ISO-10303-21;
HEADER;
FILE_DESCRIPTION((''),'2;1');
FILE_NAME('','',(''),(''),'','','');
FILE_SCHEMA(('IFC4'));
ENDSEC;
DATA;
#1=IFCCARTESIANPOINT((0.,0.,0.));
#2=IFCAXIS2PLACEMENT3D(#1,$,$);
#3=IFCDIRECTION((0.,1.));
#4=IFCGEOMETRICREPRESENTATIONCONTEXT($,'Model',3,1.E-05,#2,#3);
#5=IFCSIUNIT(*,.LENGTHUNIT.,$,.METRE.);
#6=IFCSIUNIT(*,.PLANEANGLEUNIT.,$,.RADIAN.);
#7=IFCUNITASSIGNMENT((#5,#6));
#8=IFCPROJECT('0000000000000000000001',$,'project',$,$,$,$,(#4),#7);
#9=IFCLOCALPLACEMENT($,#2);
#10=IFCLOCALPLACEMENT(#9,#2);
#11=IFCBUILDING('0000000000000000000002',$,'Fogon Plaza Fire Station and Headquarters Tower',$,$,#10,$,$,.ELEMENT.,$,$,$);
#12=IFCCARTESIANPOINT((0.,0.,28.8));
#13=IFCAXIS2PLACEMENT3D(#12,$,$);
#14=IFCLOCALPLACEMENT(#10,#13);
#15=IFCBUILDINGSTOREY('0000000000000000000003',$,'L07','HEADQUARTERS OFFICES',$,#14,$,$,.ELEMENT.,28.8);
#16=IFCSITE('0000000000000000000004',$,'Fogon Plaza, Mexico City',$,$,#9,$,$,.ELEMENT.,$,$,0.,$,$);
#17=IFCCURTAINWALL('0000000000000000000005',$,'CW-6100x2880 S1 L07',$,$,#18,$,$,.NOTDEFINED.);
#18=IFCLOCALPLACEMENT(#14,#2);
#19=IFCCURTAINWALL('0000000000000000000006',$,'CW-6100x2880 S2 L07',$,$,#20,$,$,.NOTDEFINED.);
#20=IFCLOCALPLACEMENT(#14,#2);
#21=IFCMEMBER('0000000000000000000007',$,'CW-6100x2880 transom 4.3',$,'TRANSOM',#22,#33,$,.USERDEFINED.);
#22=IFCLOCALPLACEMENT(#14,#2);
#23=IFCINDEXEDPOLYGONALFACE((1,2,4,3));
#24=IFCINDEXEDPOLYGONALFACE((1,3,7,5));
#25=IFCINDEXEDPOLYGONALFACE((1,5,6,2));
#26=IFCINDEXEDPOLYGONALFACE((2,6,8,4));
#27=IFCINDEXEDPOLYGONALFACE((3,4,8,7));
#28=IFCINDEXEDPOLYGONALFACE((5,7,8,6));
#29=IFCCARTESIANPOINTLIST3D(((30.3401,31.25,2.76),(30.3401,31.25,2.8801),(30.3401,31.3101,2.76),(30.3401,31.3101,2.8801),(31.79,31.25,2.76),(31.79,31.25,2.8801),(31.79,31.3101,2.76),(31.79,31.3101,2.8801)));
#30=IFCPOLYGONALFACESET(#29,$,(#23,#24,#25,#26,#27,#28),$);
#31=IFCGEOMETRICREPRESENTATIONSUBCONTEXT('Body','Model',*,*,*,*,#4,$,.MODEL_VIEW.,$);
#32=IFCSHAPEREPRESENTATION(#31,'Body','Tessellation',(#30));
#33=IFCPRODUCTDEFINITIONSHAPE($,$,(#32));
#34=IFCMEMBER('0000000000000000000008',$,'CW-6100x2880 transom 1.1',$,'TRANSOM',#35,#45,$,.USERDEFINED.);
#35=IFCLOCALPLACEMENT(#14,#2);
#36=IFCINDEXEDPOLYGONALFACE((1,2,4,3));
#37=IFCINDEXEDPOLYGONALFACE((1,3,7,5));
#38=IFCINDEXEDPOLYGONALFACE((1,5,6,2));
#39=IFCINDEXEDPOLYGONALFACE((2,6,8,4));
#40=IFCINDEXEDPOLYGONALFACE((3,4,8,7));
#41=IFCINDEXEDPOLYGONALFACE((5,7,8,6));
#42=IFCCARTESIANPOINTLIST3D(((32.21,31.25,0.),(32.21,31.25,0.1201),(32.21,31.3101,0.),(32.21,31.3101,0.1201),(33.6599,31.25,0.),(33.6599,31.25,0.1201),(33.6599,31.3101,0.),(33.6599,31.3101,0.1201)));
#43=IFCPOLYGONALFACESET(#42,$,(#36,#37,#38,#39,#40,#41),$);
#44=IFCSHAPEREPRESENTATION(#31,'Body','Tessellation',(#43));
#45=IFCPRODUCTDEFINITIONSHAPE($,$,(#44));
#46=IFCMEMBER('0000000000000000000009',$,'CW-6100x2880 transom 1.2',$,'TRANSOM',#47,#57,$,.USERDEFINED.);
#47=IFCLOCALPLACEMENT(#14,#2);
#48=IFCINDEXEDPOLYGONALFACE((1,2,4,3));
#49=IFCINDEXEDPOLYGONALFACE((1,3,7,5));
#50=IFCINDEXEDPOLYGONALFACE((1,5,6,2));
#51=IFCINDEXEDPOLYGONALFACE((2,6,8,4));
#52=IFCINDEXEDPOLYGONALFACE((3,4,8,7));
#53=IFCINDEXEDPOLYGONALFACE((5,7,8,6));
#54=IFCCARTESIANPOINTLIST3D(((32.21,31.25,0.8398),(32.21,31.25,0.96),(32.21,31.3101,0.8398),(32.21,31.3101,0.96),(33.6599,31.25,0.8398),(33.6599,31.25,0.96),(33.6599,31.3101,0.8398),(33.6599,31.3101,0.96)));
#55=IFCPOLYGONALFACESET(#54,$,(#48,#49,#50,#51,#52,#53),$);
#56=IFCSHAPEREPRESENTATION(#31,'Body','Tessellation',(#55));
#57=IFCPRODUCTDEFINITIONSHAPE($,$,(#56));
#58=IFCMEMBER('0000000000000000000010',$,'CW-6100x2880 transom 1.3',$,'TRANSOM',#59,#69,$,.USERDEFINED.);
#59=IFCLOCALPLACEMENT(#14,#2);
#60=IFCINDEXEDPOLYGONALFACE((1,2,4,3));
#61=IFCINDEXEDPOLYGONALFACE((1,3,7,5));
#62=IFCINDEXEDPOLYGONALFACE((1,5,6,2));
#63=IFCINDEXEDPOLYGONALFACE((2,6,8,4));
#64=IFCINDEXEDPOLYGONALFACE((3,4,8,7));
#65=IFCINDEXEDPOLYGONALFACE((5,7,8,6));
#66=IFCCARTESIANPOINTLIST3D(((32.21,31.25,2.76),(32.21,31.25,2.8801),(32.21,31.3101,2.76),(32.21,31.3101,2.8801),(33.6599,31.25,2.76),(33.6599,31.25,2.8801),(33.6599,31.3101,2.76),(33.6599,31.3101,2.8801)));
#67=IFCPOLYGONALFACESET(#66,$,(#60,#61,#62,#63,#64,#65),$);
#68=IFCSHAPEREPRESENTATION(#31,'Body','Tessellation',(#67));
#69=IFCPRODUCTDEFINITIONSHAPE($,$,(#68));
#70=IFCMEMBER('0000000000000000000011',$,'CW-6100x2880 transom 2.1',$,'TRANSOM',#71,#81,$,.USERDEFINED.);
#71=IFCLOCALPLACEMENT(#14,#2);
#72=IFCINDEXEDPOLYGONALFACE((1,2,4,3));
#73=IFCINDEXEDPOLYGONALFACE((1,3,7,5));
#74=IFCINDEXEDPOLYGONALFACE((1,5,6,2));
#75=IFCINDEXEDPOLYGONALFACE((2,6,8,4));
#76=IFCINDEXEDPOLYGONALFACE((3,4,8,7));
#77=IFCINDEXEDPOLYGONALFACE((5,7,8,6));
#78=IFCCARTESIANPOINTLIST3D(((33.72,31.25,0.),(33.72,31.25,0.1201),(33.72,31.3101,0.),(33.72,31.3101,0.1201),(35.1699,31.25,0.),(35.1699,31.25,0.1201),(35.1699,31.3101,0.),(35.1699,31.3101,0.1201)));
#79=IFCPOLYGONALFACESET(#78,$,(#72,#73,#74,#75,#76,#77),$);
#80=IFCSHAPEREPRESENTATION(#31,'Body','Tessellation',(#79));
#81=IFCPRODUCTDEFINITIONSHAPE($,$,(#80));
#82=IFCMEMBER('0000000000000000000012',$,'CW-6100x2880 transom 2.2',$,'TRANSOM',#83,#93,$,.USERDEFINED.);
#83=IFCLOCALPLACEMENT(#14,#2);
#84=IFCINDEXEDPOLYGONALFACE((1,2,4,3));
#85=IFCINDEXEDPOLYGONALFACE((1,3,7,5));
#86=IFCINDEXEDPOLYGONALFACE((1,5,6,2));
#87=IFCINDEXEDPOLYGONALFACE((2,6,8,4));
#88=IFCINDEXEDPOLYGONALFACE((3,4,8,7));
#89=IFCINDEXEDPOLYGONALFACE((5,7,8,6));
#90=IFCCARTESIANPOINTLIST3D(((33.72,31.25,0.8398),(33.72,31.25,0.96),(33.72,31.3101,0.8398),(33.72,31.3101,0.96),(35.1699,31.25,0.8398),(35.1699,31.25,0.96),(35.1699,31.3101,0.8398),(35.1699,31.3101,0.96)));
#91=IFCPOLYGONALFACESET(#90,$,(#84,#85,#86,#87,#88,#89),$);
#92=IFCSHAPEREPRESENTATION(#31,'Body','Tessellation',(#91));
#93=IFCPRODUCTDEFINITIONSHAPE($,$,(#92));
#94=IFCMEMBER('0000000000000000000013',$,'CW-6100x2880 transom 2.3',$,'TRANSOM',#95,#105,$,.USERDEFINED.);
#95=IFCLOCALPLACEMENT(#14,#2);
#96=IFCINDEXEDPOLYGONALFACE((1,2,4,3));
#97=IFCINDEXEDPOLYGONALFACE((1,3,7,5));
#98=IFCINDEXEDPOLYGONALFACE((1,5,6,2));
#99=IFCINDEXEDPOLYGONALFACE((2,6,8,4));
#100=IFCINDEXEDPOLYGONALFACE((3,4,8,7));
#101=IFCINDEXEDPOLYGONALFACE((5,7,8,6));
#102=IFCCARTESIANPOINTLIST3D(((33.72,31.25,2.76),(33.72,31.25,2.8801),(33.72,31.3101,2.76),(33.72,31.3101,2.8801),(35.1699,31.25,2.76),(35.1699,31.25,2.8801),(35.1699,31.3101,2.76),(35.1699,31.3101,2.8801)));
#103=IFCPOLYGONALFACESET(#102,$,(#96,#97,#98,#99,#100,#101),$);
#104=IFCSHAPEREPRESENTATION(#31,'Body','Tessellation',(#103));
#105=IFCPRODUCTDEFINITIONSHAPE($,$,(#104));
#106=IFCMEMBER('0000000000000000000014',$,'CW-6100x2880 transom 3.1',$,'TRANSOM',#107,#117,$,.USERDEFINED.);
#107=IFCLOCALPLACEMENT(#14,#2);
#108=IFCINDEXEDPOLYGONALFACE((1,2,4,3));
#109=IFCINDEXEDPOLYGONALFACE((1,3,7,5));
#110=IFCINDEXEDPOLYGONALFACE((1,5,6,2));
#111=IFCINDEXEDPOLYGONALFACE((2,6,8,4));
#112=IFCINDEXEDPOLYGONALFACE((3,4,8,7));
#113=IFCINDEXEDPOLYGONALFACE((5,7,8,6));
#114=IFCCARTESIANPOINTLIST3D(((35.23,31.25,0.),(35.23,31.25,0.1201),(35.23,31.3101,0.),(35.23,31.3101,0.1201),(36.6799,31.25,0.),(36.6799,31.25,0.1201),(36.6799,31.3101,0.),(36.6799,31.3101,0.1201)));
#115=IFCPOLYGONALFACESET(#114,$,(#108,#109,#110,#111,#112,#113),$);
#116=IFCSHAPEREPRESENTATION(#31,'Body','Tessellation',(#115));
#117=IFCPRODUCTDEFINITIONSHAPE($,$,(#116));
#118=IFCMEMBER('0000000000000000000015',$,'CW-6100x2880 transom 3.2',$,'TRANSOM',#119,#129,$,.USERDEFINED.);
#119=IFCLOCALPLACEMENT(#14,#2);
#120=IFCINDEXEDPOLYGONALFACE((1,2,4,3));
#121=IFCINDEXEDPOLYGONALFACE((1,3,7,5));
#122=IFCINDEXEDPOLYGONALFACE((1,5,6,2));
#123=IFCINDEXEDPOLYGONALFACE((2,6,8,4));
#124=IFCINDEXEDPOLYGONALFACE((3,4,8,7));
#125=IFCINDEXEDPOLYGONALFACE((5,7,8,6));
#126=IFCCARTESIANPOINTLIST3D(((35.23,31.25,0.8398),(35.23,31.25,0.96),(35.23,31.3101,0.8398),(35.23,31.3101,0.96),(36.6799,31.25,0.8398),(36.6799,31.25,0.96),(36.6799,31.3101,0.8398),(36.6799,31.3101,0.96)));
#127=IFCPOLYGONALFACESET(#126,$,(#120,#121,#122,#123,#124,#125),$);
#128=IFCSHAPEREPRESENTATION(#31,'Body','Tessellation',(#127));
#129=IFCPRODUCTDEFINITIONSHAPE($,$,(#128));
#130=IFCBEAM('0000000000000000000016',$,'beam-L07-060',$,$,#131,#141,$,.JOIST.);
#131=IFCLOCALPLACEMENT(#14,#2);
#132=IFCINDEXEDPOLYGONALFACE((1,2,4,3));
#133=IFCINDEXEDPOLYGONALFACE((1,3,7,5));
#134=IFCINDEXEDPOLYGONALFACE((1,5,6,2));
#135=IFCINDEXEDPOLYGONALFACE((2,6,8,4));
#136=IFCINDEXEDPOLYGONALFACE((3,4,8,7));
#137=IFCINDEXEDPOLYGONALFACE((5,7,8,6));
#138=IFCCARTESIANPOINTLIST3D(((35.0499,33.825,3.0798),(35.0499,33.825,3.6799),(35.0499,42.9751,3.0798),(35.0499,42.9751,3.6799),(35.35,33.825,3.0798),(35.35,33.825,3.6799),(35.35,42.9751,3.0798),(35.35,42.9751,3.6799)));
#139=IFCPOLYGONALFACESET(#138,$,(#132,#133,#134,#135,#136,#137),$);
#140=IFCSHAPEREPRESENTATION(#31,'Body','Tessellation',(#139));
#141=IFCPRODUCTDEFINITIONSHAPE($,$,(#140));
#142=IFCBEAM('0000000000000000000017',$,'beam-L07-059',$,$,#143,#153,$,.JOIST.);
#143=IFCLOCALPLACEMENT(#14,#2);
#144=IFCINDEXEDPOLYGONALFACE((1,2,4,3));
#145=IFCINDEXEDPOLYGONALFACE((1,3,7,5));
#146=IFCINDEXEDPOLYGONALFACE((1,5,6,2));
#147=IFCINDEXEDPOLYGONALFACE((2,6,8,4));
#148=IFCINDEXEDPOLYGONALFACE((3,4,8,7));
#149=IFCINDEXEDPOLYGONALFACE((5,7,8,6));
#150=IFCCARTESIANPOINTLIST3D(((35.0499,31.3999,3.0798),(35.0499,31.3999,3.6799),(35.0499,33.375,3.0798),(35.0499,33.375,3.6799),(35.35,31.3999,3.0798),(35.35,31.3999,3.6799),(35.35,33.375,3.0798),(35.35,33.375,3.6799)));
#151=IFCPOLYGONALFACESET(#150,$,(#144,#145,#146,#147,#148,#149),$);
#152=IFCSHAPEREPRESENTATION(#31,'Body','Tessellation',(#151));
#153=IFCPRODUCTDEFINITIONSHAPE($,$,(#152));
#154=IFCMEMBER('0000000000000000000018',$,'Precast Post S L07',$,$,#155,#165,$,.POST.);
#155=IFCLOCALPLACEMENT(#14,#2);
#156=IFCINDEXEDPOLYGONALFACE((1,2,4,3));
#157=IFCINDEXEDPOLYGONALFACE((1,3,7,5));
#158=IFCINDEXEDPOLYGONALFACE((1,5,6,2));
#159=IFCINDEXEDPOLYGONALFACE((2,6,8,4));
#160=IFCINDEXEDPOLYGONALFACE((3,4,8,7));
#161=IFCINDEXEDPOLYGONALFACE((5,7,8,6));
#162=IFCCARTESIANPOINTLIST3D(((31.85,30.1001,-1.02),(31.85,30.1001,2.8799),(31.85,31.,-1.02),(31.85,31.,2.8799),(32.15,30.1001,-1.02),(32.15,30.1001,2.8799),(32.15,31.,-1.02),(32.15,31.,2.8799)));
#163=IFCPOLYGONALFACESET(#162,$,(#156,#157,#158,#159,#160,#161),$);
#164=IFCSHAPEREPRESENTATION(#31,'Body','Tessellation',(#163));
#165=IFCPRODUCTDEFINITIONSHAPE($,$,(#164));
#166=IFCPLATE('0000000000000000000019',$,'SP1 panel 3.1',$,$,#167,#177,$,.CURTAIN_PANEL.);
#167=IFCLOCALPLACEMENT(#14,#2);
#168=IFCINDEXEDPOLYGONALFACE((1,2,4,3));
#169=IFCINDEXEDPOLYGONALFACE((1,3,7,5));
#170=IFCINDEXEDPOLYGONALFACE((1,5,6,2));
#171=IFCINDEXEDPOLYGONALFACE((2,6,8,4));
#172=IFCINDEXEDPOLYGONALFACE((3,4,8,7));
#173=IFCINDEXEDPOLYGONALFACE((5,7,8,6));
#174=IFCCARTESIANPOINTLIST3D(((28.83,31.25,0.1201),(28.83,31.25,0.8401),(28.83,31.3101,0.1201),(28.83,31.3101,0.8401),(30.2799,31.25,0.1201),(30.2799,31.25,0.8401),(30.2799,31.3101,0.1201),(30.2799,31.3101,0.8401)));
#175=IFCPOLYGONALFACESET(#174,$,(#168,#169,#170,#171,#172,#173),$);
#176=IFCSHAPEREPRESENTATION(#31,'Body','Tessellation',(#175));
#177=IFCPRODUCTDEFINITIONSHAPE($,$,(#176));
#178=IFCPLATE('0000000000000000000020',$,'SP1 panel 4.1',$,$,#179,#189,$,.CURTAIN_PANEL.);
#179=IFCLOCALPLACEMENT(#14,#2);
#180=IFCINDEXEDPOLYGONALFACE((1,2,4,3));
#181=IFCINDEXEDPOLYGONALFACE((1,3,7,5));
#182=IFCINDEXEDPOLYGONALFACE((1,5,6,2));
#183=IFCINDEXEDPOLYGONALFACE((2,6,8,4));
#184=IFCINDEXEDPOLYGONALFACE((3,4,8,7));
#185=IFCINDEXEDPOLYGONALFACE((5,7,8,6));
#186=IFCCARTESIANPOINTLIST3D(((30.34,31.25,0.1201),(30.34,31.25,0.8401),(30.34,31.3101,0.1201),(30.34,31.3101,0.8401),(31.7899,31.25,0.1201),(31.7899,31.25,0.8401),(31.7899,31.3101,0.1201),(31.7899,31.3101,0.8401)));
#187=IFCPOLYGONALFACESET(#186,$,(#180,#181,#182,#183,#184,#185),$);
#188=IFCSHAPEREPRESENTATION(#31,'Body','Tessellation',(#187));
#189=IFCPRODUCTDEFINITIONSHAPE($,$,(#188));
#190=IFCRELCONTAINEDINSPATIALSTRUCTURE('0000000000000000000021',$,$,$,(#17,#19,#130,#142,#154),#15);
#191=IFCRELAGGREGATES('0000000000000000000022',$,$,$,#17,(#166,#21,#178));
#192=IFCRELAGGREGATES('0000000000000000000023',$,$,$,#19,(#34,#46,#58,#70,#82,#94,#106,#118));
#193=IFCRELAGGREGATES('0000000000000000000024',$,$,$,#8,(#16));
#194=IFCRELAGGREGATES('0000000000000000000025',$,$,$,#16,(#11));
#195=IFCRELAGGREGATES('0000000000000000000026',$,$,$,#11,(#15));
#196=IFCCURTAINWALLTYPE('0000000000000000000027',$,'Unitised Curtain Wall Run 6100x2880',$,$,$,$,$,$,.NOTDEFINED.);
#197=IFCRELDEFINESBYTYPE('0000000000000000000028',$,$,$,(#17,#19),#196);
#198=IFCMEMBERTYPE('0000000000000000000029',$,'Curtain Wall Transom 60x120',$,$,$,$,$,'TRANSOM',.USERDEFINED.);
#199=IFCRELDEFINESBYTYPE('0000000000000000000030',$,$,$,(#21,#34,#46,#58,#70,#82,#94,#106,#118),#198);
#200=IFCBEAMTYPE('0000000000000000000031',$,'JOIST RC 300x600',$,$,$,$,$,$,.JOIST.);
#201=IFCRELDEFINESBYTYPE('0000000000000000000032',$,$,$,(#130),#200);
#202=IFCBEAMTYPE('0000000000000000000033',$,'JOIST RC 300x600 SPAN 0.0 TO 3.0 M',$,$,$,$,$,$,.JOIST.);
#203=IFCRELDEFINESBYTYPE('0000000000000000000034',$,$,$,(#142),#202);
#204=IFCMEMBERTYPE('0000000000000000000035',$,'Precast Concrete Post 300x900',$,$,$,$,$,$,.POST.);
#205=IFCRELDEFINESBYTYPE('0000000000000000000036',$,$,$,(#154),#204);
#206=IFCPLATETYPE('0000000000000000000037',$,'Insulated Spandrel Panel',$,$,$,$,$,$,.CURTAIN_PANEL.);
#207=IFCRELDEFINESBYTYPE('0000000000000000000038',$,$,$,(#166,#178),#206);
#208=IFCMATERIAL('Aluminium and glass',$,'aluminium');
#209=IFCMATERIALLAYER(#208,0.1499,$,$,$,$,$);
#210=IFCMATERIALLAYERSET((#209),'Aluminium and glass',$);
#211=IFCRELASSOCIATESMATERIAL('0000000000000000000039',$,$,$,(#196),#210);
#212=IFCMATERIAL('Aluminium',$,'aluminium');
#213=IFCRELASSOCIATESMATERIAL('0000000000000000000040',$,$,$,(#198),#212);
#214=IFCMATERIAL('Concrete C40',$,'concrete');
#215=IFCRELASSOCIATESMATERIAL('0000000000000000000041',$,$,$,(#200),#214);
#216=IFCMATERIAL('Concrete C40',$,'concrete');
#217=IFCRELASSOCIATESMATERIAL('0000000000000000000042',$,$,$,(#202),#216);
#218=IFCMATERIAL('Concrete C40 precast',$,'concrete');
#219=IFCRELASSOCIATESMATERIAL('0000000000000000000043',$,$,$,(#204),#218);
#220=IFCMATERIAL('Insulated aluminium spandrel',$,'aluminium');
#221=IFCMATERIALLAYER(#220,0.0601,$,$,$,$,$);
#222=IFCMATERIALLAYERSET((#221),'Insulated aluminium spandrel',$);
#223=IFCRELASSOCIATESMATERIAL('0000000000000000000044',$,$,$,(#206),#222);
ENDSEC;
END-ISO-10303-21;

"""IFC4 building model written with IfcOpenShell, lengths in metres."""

from ifc_helpers import new_model, si_unit, direction, frame, origin, origin_2d, place, context, subcontext, project, spatial, rectangle, extrude, material, layer, layer_set, material_profile, profile_set, type_object, element, aggregate, save


model = new_model("IFC4")

# Units and contexts
model_context = context("Model", 3, precision=1e-05, world=origin(), true_north=direction((0.0, 1.0)))
body_context = subcontext(model_context, "Body", "Model", "MODEL_VIEW")
ifc_project = project(units=[si_unit("LENGTHUNIT", "METRE"), si_unit("PLANEANGLEUNIT", "RADIAN")], contexts=[model_context])

# Site, building, storey
site_placement = place(None, origin())
site = spatial("IfcSite", under=ifc_project, at=site_placement, Name="Fogon Plaza, Mexico City", CompositionType="ELEMENT", RefElevation=0.0)
building_placement = place(site_placement, origin())
building = spatial("IfcBuilding", under=site, at=building_placement, Name="Fogon Plaza Fire Station and Headquarters Tower", CompositionType="ELEMENT")
storey_placement = place(building_placement, frame((0.0, 0.0, 28.8)))
storey = spatial("IfcBuildingStorey", under=building, at=storey_placement, Name="L07", Description="HEADQUARTERS OFFICES", CompositionType="ELEMENT", Elevation=28.8)

# Curtain walls
ifc_material_1 = material(Name="Aluminium and glass", Category="aluminium")
ifc_layer_1 = layer(ifc_material_1, 0.1499)
ifc_layer_set_1 = layer_set([ifc_layer_1], Name="Aluminium and glass")
curtain_wall_type = type_object("IfcCurtainWallType", Name="Unitised Curtain Wall Run 6100x2880", PredefinedType="NOTDEFINED", material=ifc_layer_set_1)
curtain_wall_1_placement = place(storey_placement, origin())
curtain_wall_1 = element("IfcCurtainWall", 1, at=curtain_wall_1_placement, inside=storey, type_object=curtain_wall_type, Name="CW-6100x2880 S1 L07", PredefinedType="NOTDEFINED")
curtain_wall_2_placement = place(storey_placement, origin())
curtain_wall_2 = element("IfcCurtainWall", 2, at=curtain_wall_2_placement, inside=storey, type_object=curtain_wall_type, Name="CW-6100x2880 S2 L07", PredefinedType="NOTDEFINED")

# Members
ifc_material_2 = material(Name="Aluminium", Category="aluminium")
ifc_material_profile_1 = material_profile(ifc_material_2, rectangle(XDim=0.0601, YDim=0.1201, at=origin_2d()), Name="Curtain Wall Transom 60x120")
ifc_profile_set_1 = profile_set([ifc_material_profile_1], Name="Aluminium")
member_type_1 = type_object("IfcMemberType", Name="Curtain Wall Transom 60x120", ElementType="TRANSOM", PredefinedType="USERDEFINED", material=ifc_profile_set_1)
member_1_placement = place(storey_placement, frame((30.3401, 31.28, 2.8201), z_axis=(1.0, 0.0, 0.0), x_axis=(0.0, 1.0, 0.0)))
member_1 = element("IfcMember", 3, at=member_1_placement, type_object=member_type_1, Name="CW-6100x2880 transom 4.3", ObjectType="TRANSOM", PredefinedType="USERDEFINED", context=body_context, shape_type="SweptSolid", body=[
    extrude(rectangle(XDim=0.0601, YDim=0.1201, at=origin_2d()), origin(), (0.0, 0.0, 1.0), 1.45),
])
member_2_placement = place(storey_placement, frame((32.21, 31.28, 0.0601), z_axis=(1.0, 0.0, 0.0), x_axis=(0.0, 1.0, 0.0)))
member_2 = element("IfcMember", 4, at=member_2_placement, type_object=member_type_1, Name="CW-6100x2880 transom 1.1", ObjectType="TRANSOM", PredefinedType="USERDEFINED", context=body_context, shape_type="SweptSolid", body=[
    extrude(rectangle(XDim=0.0601, YDim=0.1201, at=origin_2d()), origin(), (0.0, 0.0, 1.0), 1.45),
])
member_3_placement = place(storey_placement, frame((32.21, 31.28, 0.8999), z_axis=(1.0, 0.0, 0.0), x_axis=(0.0, 1.0, 0.0)))
member_3 = element("IfcMember", 5, at=member_3_placement, type_object=member_type_1, Name="CW-6100x2880 transom 1.2", ObjectType="TRANSOM", PredefinedType="USERDEFINED", context=body_context, shape_type="SweptSolid", body=[
    extrude(rectangle(XDim=0.0601, YDim=0.1201, at=origin_2d()), origin(), (0.0, 0.0, 1.0), 1.45),
])
member_4_placement = place(storey_placement, frame((32.21, 31.28, 2.8201), z_axis=(1.0, 0.0, 0.0), x_axis=(0.0, 1.0, 0.0)))
member_4 = element("IfcMember", 6, at=member_4_placement, type_object=member_type_1, Name="CW-6100x2880 transom 1.3", ObjectType="TRANSOM", PredefinedType="USERDEFINED", context=body_context, shape_type="SweptSolid", body=[
    extrude(rectangle(XDim=0.0601, YDim=0.1201, at=origin_2d()), origin(), (0.0, 0.0, 1.0), 1.45),
])
member_5_placement = place(storey_placement, frame((33.72, 31.28, 0.0601), z_axis=(1.0, 0.0, 0.0), x_axis=(0.0, 1.0, 0.0)))
member_5 = element("IfcMember", 7, at=member_5_placement, type_object=member_type_1, Name="CW-6100x2880 transom 2.1", ObjectType="TRANSOM", PredefinedType="USERDEFINED", context=body_context, shape_type="SweptSolid", body=[
    extrude(rectangle(XDim=0.0601, YDim=0.1201, at=origin_2d()), origin(), (0.0, 0.0, 1.0), 1.45),
])
member_6_placement = place(storey_placement, frame((33.72, 31.28, 0.8999), z_axis=(1.0, 0.0, 0.0), x_axis=(0.0, 1.0, 0.0)))
member_6 = element("IfcMember", 8, at=member_6_placement, type_object=member_type_1, Name="CW-6100x2880 transom 2.2", ObjectType="TRANSOM", PredefinedType="USERDEFINED", context=body_context, shape_type="SweptSolid", body=[
    extrude(rectangle(XDim=0.0601, YDim=0.1201, at=origin_2d()), origin(), (0.0, 0.0, 1.0), 1.45),
])
member_7_placement = place(storey_placement, frame((33.72, 31.28, 2.8201), z_axis=(1.0, 0.0, 0.0), x_axis=(0.0, 1.0, 0.0)))
member_7 = element("IfcMember", 9, at=member_7_placement, type_object=member_type_1, Name="CW-6100x2880 transom 2.3", ObjectType="TRANSOM", PredefinedType="USERDEFINED", context=body_context, shape_type="SweptSolid", body=[
    extrude(rectangle(XDim=0.0601, YDim=0.1201, at=origin_2d()), origin(), (0.0, 0.0, 1.0), 1.45),
])
member_8_placement = place(storey_placement, frame((35.23, 31.28, 0.0601), z_axis=(1.0, 0.0, 0.0), x_axis=(0.0, 1.0, 0.0)))
member_8 = element("IfcMember", 10, at=member_8_placement, type_object=member_type_1, Name="CW-6100x2880 transom 3.1", ObjectType="TRANSOM", PredefinedType="USERDEFINED", context=body_context, shape_type="SweptSolid", body=[
    extrude(rectangle(XDim=0.0601, YDim=0.1201, at=origin_2d()), origin(), (0.0, 0.0, 1.0), 1.45),
])
member_9_placement = place(storey_placement, frame((35.23, 31.28, 0.8999), z_axis=(1.0, 0.0, 0.0), x_axis=(0.0, 1.0, 0.0)))
member_9 = element("IfcMember", 11, at=member_9_placement, type_object=member_type_1, Name="CW-6100x2880 transom 3.2", ObjectType="TRANSOM", PredefinedType="USERDEFINED", context=body_context, shape_type="SweptSolid", body=[
    extrude(rectangle(XDim=0.0601, YDim=0.1201, at=origin_2d()), origin(), (0.0, 0.0, 1.0), 1.45),
])

# Beams
ifc_material_3 = material(Name="Concrete C40", Category="concrete")
ifc_material_profile_2 = material_profile(ifc_material_3, rectangle(XDim=0.3, YDim=0.6001, at=origin_2d()), Name="RC 300x600")
ifc_profile_set_2 = profile_set([ifc_material_profile_2], Name="Concrete C40")
beam_type_1 = type_object("IfcBeamType", Name="JOIST RC 300x600", PredefinedType="JOIST", material=ifc_profile_set_2)
beam_1_placement = place(storey_placement, frame((35.2, 33.825, 3.3799), z_axis=(0.0, 1.0, 0.0), x_axis=(-1.0, 0.0, 0.0)))
element("IfcBeam", 12, at=beam_1_placement, inside=storey, type_object=beam_type_1, Name="beam-L07-060", PredefinedType="JOIST", context=body_context, shape_type="SweptSolid", body=[
    extrude(rectangle(XDim=0.3, YDim=0.6001, at=origin_2d()), origin(), (0.0, 0.0, 1.0), 9.1501),
])
ifc_material_4 = material(Name="Concrete C40", Category="concrete")
ifc_material_profile_3 = material_profile(ifc_material_4, rectangle(XDim=0.3, YDim=0.6001, at=origin_2d()), Name="RC 300x600")
ifc_profile_set_3 = profile_set([ifc_material_profile_3], Name="Concrete C40")
beam_type_2 = type_object("IfcBeamType", Name="JOIST RC 300x600 SPAN 0.0 TO 3.0 M", PredefinedType="JOIST", material=ifc_profile_set_3)
beam_2_placement = place(storey_placement, frame((35.2, 31.3999, 3.3799), z_axis=(0.0, 1.0, 0.0), x_axis=(-1.0, 0.0, 0.0)))
element("IfcBeam", 13, at=beam_2_placement, inside=storey, type_object=beam_type_2, Name="beam-L07-059", PredefinedType="JOIST", context=body_context, shape_type="SweptSolid", body=[
    extrude(rectangle(XDim=0.3, YDim=0.6001, at=origin_2d()), origin(), (0.0, 0.0, 1.0), 1.9751),
])

# Member
ifc_material_5 = material(Name="Concrete C40 precast", Category="concrete")
ifc_material_profile_4 = material_profile(ifc_material_5, rectangle(XDim=0.3, YDim=0.8999, at=origin_2d()), Name="Precast Concrete Post 300x900")
ifc_profile_set_4 = profile_set([ifc_material_profile_4], Name="Concrete C40 precast")
member_type_2 = type_object("IfcMemberType", Name="Precast Concrete Post 300x900", PredefinedType="POST", material=ifc_profile_set_4)
member_10_placement = place(storey_placement, frame((32.0, 30.55, -1.02), z_axis=(0.0, 0.0, 1.0), x_axis=(1.0, 0.0, 0.0)))
element("IfcMember", 14, at=member_10_placement, inside=storey, type_object=member_type_2, Name="Precast Post S L07", PredefinedType="POST", context=body_context, shape_type="SweptSolid", body=[
    extrude(rectangle(XDim=0.3, YDim=0.8999, at=origin_2d()), origin(), (0.0, 0.0, 1.0), 3.8999),
])

# Plates
ifc_material_6 = material(Name="Insulated aluminium spandrel", Category="aluminium")
ifc_layer_2 = layer(ifc_material_6, 0.0601)
ifc_layer_set_2 = layer_set([ifc_layer_2], Name="Insulated aluminium spandrel")
plate_type_1 = type_object("IfcPlateType", Name="Insulated Spandrel Panel", PredefinedType="CURTAIN_PANEL", material=ifc_layer_set_2)
plate_1_placement = place(storey_placement, frame((29.5549, 31.28, 0.1201), z_axis=(0.0, 0.0, 1.0), x_axis=(1.0, 0.0, 0.0)))
plate_1 = element("IfcPlate", 15, at=plate_1_placement, type_object=plate_type_1, Name="SP1 panel 3.1", PredefinedType="CURTAIN_PANEL", context=body_context, shape_type="SweptSolid", body=[
    extrude(rectangle(XDim=1.45, YDim=0.0601, at=origin_2d()), origin(), (0.0, 0.0, 1.0), 0.72),
])
plate_2_placement = place(storey_placement, frame((31.0649, 31.28, 0.1201), z_axis=(0.0, 0.0, 1.0), x_axis=(1.0, 0.0, 0.0)))
plate_2 = element("IfcPlate", 16, at=plate_2_placement, type_object=plate_type_1, Name="SP1 panel 4.1", PredefinedType="CURTAIN_PANEL", context=body_context, shape_type="SweptSolid", body=[
    extrude(rectangle(XDim=1.45, YDim=0.0601, at=origin_2d()), origin(), (0.0, 0.0, 1.0), 0.72),
])
aggregate(curtain_wall_1, [plate_1, member_1, plate_2])
aggregate(curtain_wall_2, [member_2, member_3, member_4, member_5, member_6, member_7, member_8, member_9])

save(model, "model.ifc")
